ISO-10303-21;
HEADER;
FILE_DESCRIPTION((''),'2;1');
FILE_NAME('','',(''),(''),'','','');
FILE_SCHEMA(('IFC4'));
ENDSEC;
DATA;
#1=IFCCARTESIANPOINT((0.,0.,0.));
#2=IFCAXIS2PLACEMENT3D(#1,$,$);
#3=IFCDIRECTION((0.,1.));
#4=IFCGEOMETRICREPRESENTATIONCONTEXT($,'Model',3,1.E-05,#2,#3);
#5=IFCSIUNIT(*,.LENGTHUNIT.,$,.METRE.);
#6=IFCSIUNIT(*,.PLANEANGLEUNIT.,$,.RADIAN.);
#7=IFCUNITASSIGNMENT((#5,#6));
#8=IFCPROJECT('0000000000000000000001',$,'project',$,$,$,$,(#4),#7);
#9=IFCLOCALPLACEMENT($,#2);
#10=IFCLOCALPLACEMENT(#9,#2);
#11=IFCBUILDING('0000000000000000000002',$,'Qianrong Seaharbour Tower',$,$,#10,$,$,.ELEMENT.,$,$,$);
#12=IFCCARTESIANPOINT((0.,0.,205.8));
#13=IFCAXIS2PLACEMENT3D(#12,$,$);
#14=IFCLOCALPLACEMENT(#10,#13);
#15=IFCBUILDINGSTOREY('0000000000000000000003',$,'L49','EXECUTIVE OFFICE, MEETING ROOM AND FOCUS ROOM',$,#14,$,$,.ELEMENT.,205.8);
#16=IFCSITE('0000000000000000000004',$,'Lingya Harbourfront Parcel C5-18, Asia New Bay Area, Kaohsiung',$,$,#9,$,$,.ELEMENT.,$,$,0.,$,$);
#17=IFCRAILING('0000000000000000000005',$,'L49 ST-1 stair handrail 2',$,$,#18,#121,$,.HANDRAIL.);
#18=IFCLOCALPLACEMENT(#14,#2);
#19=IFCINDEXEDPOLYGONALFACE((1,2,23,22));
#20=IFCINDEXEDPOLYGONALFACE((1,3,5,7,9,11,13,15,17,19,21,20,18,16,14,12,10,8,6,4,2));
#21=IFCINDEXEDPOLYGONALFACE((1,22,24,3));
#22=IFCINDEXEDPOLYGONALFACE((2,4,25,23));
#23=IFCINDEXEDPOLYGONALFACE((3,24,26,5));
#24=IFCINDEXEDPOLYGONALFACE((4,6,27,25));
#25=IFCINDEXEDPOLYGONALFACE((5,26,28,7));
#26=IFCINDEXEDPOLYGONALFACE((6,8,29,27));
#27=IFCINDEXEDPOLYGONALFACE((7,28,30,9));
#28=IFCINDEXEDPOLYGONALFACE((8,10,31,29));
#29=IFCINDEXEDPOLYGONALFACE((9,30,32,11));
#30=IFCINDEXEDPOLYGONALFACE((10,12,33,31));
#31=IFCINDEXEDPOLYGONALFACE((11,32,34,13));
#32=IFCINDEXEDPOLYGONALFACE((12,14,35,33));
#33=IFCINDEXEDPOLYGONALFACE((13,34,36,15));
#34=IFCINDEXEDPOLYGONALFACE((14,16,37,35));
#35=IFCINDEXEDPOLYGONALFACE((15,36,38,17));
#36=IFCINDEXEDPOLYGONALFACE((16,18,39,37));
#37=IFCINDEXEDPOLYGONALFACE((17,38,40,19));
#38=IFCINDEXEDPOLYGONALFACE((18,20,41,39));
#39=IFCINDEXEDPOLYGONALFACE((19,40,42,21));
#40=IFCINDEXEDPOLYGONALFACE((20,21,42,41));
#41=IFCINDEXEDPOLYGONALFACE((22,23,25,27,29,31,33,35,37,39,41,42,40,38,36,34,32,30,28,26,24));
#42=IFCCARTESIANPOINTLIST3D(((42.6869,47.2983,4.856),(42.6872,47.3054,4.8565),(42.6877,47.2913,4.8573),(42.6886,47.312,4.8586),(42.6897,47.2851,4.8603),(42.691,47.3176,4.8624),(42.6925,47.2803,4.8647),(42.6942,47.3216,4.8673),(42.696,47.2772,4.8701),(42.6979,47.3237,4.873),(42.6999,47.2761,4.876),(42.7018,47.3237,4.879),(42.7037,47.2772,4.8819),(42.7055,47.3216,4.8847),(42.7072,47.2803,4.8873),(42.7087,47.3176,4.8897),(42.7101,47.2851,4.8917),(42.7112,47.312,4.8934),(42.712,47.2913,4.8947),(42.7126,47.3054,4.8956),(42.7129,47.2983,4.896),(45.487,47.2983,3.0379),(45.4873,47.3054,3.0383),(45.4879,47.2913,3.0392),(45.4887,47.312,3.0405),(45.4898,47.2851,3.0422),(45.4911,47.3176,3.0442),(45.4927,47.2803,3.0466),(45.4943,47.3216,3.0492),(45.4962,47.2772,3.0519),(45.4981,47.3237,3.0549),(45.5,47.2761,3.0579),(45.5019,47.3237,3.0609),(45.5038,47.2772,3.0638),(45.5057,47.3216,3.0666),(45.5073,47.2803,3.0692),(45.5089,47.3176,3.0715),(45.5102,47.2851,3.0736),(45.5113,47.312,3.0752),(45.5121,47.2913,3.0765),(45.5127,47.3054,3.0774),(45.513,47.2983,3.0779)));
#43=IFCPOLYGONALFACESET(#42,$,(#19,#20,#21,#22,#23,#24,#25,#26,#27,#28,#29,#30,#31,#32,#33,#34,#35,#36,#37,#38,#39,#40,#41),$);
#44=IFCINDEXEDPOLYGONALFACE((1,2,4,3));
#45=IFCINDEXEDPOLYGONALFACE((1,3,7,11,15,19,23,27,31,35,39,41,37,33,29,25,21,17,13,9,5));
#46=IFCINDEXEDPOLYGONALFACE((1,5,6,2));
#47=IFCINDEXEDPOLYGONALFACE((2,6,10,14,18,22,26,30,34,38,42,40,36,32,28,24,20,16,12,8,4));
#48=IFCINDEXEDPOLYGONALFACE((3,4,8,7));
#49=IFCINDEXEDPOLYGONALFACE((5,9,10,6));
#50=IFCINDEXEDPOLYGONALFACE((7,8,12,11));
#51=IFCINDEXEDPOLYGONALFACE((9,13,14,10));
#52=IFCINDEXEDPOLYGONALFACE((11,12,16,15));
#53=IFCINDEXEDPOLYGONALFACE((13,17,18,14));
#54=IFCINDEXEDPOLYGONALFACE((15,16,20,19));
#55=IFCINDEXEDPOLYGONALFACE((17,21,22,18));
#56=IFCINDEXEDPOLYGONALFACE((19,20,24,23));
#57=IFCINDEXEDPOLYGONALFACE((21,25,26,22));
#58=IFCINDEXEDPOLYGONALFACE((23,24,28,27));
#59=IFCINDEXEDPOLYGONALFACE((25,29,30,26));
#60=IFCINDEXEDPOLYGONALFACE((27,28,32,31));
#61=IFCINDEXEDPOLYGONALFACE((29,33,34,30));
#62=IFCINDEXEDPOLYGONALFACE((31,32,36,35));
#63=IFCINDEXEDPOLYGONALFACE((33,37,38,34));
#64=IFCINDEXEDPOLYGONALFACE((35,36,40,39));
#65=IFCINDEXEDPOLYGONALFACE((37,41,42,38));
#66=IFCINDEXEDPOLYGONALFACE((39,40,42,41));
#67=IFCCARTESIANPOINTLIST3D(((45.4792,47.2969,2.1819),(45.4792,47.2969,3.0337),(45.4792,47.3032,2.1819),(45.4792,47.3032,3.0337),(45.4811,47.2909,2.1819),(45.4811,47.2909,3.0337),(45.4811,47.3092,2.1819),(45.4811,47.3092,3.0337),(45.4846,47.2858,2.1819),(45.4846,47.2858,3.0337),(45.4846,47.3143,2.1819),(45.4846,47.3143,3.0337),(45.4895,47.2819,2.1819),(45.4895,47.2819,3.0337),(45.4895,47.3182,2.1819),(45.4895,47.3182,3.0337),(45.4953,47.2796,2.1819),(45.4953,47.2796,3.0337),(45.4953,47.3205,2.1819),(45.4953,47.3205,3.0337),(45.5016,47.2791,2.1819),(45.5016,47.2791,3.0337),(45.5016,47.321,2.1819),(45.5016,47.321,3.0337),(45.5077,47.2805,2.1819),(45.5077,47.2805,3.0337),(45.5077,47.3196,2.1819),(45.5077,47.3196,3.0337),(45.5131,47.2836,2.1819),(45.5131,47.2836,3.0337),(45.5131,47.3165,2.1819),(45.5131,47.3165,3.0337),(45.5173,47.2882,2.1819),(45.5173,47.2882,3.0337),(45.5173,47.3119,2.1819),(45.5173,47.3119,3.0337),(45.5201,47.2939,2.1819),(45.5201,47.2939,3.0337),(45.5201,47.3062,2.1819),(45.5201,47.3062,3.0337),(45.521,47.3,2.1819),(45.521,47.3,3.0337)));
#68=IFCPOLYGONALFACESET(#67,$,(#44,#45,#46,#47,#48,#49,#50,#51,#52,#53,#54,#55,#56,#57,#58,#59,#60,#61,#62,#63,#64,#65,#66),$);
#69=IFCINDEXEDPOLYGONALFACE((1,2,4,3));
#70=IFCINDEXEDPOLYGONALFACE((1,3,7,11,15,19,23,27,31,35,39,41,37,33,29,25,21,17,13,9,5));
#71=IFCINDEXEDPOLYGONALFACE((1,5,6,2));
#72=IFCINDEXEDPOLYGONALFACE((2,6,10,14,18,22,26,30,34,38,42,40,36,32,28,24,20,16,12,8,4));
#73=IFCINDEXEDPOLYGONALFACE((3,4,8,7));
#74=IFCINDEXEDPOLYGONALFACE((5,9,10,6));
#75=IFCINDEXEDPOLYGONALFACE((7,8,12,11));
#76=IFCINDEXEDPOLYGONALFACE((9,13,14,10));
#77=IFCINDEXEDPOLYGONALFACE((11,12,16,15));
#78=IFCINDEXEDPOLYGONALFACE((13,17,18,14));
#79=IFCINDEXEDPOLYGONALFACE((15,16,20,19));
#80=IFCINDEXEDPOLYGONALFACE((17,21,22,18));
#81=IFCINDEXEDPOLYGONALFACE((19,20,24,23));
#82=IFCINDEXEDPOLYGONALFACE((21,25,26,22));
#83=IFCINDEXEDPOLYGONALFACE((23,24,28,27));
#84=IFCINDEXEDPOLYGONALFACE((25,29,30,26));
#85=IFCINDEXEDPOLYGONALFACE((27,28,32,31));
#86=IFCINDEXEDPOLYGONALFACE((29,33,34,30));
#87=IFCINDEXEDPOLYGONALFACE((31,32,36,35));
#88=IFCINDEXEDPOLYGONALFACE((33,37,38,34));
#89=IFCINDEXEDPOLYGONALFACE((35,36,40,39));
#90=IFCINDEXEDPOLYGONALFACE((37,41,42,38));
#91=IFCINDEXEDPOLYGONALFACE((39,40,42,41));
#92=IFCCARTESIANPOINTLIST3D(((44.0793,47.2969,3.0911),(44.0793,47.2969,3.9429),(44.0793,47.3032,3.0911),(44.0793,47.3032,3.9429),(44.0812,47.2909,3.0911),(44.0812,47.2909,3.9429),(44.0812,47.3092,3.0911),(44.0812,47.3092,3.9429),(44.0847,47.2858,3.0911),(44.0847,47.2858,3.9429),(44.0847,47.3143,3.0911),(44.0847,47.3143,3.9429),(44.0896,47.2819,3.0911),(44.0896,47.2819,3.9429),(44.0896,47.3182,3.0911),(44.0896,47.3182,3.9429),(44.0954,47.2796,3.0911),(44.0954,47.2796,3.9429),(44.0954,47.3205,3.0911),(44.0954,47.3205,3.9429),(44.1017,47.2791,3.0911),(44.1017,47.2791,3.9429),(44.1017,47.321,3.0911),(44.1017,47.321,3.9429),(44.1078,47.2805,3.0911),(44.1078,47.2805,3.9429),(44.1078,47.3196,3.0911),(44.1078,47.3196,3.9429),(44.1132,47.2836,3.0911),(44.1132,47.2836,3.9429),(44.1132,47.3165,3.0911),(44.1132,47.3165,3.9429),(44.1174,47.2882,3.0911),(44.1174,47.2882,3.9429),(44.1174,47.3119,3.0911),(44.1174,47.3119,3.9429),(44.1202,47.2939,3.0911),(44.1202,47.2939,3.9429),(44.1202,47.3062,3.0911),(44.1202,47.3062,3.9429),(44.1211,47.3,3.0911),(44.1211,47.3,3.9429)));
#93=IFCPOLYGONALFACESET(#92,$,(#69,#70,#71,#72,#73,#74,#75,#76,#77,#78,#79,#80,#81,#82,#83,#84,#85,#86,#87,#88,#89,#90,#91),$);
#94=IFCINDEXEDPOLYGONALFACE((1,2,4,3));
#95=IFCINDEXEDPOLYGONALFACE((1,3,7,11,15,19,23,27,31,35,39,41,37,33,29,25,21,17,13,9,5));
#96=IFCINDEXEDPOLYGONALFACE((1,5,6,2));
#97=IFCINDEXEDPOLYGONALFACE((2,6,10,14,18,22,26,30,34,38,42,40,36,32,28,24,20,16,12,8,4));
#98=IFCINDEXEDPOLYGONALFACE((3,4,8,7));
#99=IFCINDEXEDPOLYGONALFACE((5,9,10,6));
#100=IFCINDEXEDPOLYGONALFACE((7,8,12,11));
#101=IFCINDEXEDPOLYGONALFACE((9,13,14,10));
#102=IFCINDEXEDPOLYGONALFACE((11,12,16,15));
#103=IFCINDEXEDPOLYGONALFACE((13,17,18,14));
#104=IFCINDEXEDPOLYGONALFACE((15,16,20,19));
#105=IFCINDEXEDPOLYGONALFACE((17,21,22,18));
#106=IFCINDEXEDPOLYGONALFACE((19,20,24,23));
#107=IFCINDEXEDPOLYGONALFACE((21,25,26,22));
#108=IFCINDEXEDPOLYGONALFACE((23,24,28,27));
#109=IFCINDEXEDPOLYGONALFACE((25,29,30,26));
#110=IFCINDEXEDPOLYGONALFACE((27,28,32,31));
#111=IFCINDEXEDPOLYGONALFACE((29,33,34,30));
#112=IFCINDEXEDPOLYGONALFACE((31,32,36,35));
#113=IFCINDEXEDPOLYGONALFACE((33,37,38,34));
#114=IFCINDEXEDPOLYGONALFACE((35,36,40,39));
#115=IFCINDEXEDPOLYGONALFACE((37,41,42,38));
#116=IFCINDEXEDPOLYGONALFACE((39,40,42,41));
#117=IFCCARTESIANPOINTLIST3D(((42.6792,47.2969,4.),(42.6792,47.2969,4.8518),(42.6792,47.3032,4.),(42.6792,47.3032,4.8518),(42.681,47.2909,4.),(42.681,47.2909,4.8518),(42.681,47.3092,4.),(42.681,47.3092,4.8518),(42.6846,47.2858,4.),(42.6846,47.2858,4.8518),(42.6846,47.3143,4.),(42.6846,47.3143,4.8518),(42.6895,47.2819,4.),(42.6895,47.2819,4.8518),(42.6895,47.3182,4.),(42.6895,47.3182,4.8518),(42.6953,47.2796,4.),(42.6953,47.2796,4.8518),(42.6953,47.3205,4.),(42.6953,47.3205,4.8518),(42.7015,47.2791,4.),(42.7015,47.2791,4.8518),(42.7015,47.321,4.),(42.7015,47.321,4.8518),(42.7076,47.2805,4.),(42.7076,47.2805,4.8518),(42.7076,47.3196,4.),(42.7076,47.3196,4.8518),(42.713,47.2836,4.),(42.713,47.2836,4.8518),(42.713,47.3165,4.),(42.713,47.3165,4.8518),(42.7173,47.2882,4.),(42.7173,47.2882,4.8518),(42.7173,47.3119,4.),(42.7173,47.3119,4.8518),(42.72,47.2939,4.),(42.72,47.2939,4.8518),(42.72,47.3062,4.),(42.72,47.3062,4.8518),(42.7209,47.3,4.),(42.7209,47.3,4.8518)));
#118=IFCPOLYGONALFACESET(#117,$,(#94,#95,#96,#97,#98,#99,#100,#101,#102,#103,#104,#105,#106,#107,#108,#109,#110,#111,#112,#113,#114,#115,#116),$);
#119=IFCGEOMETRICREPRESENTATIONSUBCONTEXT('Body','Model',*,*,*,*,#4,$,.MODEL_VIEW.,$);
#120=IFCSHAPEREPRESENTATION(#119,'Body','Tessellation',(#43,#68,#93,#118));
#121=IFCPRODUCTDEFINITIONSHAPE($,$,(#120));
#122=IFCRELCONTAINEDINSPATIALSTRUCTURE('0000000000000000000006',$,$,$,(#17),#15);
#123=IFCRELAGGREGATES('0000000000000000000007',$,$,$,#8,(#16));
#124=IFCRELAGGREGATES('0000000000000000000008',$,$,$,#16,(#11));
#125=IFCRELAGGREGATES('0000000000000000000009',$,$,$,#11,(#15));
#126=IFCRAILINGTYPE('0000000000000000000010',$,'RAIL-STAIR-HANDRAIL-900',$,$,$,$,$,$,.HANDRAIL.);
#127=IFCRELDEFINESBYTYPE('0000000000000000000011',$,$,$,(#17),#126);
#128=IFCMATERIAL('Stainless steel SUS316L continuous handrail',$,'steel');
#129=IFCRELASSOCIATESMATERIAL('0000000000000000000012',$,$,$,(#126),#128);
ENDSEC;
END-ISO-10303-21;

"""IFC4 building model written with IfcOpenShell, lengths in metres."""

from ifc_helpers import new_model, si_unit, direction, frame, origin, origin_2d, place, context, subcontext, project, spatial, circle, extrude, material, type_object, element, save


model = new_model("IFC4")

# Units and contexts
model_context = context("Model", 3, precision=1e-05, world=origin(), true_north=direction((0.0, 1.0)))
body_context = subcontext(model_context, "Body", "Model", "MODEL_VIEW")
ifc_project = project(units=[si_unit("LENGTHUNIT", "METRE"), si_unit("PLANEANGLEUNIT", "RADIAN")], contexts=[model_context])

# Site, building, storey
site_placement = place(None, origin())
site = spatial("IfcSite", under=ifc_project, at=site_placement, Name="Lingya Harbourfront Parcel C5-18, Asia New Bay Area, Kaohsiung", CompositionType="ELEMENT", RefElevation=0.0)
building_placement = place(site_placement, origin())
building = spatial("IfcBuilding", under=site, at=building_placement, Name="Qianrong Seaharbour Tower", CompositionType="ELEMENT")
storey_placement = place(building_placement, frame((0.0, 0.0, 205.8)))
storey = spatial("IfcBuildingStorey", under=building, at=storey_placement, Name="L49", Description="EXECUTIVE OFFICE, MEETING ROOM AND FOCUS ROOM", CompositionType="ELEMENT", Elevation=205.8)

# Railing
ifc_material_1 = material(Name="Stainless steel SUS316L continuous handrail", Category="steel")
railing_type_1 = type_object("IfcRailingType", Name="RAIL-STAIR-HANDRAIL-900", PredefinedType="HANDRAIL", material=ifc_material_1)
railing_1_placement = place(storey_placement, frame((45.5, 47.3, 2.1819)))
element("IfcRailing", 1, at=railing_1_placement, inside=storey, type_object=railing_type_1, Name="L49 ST-1 stair handrail 2", PredefinedType="HANDRAIL", context=body_context, shape_type="SweptSolid", body=[
    extrude(circle(Radius=0.0239, at=origin_2d()), frame((0.0, 0.0, 0.876), z_axis=(-0.838706, 0.0, 0.544585), x_axis=(0.0, -1.0, 0.0)), (0.0, 0.0, 1.0), 3.3386),
    extrude(circle(Radius=0.021, at=origin_2d()), origin(), (0.0, 0.0, 1.0), 0.8518),
    extrude(circle(Radius=0.021, at=origin_2d()), frame((-1.3999, 0.0, 0.9092)), (0.0, 0.0, 1.0), 0.8518),
    extrude(circle(Radius=0.021, at=origin_2d()), frame((-2.8, 0.0, 1.8181)), (0.0, 0.0, 1.0), 0.8518),
])

save(model, "model.ifc")
